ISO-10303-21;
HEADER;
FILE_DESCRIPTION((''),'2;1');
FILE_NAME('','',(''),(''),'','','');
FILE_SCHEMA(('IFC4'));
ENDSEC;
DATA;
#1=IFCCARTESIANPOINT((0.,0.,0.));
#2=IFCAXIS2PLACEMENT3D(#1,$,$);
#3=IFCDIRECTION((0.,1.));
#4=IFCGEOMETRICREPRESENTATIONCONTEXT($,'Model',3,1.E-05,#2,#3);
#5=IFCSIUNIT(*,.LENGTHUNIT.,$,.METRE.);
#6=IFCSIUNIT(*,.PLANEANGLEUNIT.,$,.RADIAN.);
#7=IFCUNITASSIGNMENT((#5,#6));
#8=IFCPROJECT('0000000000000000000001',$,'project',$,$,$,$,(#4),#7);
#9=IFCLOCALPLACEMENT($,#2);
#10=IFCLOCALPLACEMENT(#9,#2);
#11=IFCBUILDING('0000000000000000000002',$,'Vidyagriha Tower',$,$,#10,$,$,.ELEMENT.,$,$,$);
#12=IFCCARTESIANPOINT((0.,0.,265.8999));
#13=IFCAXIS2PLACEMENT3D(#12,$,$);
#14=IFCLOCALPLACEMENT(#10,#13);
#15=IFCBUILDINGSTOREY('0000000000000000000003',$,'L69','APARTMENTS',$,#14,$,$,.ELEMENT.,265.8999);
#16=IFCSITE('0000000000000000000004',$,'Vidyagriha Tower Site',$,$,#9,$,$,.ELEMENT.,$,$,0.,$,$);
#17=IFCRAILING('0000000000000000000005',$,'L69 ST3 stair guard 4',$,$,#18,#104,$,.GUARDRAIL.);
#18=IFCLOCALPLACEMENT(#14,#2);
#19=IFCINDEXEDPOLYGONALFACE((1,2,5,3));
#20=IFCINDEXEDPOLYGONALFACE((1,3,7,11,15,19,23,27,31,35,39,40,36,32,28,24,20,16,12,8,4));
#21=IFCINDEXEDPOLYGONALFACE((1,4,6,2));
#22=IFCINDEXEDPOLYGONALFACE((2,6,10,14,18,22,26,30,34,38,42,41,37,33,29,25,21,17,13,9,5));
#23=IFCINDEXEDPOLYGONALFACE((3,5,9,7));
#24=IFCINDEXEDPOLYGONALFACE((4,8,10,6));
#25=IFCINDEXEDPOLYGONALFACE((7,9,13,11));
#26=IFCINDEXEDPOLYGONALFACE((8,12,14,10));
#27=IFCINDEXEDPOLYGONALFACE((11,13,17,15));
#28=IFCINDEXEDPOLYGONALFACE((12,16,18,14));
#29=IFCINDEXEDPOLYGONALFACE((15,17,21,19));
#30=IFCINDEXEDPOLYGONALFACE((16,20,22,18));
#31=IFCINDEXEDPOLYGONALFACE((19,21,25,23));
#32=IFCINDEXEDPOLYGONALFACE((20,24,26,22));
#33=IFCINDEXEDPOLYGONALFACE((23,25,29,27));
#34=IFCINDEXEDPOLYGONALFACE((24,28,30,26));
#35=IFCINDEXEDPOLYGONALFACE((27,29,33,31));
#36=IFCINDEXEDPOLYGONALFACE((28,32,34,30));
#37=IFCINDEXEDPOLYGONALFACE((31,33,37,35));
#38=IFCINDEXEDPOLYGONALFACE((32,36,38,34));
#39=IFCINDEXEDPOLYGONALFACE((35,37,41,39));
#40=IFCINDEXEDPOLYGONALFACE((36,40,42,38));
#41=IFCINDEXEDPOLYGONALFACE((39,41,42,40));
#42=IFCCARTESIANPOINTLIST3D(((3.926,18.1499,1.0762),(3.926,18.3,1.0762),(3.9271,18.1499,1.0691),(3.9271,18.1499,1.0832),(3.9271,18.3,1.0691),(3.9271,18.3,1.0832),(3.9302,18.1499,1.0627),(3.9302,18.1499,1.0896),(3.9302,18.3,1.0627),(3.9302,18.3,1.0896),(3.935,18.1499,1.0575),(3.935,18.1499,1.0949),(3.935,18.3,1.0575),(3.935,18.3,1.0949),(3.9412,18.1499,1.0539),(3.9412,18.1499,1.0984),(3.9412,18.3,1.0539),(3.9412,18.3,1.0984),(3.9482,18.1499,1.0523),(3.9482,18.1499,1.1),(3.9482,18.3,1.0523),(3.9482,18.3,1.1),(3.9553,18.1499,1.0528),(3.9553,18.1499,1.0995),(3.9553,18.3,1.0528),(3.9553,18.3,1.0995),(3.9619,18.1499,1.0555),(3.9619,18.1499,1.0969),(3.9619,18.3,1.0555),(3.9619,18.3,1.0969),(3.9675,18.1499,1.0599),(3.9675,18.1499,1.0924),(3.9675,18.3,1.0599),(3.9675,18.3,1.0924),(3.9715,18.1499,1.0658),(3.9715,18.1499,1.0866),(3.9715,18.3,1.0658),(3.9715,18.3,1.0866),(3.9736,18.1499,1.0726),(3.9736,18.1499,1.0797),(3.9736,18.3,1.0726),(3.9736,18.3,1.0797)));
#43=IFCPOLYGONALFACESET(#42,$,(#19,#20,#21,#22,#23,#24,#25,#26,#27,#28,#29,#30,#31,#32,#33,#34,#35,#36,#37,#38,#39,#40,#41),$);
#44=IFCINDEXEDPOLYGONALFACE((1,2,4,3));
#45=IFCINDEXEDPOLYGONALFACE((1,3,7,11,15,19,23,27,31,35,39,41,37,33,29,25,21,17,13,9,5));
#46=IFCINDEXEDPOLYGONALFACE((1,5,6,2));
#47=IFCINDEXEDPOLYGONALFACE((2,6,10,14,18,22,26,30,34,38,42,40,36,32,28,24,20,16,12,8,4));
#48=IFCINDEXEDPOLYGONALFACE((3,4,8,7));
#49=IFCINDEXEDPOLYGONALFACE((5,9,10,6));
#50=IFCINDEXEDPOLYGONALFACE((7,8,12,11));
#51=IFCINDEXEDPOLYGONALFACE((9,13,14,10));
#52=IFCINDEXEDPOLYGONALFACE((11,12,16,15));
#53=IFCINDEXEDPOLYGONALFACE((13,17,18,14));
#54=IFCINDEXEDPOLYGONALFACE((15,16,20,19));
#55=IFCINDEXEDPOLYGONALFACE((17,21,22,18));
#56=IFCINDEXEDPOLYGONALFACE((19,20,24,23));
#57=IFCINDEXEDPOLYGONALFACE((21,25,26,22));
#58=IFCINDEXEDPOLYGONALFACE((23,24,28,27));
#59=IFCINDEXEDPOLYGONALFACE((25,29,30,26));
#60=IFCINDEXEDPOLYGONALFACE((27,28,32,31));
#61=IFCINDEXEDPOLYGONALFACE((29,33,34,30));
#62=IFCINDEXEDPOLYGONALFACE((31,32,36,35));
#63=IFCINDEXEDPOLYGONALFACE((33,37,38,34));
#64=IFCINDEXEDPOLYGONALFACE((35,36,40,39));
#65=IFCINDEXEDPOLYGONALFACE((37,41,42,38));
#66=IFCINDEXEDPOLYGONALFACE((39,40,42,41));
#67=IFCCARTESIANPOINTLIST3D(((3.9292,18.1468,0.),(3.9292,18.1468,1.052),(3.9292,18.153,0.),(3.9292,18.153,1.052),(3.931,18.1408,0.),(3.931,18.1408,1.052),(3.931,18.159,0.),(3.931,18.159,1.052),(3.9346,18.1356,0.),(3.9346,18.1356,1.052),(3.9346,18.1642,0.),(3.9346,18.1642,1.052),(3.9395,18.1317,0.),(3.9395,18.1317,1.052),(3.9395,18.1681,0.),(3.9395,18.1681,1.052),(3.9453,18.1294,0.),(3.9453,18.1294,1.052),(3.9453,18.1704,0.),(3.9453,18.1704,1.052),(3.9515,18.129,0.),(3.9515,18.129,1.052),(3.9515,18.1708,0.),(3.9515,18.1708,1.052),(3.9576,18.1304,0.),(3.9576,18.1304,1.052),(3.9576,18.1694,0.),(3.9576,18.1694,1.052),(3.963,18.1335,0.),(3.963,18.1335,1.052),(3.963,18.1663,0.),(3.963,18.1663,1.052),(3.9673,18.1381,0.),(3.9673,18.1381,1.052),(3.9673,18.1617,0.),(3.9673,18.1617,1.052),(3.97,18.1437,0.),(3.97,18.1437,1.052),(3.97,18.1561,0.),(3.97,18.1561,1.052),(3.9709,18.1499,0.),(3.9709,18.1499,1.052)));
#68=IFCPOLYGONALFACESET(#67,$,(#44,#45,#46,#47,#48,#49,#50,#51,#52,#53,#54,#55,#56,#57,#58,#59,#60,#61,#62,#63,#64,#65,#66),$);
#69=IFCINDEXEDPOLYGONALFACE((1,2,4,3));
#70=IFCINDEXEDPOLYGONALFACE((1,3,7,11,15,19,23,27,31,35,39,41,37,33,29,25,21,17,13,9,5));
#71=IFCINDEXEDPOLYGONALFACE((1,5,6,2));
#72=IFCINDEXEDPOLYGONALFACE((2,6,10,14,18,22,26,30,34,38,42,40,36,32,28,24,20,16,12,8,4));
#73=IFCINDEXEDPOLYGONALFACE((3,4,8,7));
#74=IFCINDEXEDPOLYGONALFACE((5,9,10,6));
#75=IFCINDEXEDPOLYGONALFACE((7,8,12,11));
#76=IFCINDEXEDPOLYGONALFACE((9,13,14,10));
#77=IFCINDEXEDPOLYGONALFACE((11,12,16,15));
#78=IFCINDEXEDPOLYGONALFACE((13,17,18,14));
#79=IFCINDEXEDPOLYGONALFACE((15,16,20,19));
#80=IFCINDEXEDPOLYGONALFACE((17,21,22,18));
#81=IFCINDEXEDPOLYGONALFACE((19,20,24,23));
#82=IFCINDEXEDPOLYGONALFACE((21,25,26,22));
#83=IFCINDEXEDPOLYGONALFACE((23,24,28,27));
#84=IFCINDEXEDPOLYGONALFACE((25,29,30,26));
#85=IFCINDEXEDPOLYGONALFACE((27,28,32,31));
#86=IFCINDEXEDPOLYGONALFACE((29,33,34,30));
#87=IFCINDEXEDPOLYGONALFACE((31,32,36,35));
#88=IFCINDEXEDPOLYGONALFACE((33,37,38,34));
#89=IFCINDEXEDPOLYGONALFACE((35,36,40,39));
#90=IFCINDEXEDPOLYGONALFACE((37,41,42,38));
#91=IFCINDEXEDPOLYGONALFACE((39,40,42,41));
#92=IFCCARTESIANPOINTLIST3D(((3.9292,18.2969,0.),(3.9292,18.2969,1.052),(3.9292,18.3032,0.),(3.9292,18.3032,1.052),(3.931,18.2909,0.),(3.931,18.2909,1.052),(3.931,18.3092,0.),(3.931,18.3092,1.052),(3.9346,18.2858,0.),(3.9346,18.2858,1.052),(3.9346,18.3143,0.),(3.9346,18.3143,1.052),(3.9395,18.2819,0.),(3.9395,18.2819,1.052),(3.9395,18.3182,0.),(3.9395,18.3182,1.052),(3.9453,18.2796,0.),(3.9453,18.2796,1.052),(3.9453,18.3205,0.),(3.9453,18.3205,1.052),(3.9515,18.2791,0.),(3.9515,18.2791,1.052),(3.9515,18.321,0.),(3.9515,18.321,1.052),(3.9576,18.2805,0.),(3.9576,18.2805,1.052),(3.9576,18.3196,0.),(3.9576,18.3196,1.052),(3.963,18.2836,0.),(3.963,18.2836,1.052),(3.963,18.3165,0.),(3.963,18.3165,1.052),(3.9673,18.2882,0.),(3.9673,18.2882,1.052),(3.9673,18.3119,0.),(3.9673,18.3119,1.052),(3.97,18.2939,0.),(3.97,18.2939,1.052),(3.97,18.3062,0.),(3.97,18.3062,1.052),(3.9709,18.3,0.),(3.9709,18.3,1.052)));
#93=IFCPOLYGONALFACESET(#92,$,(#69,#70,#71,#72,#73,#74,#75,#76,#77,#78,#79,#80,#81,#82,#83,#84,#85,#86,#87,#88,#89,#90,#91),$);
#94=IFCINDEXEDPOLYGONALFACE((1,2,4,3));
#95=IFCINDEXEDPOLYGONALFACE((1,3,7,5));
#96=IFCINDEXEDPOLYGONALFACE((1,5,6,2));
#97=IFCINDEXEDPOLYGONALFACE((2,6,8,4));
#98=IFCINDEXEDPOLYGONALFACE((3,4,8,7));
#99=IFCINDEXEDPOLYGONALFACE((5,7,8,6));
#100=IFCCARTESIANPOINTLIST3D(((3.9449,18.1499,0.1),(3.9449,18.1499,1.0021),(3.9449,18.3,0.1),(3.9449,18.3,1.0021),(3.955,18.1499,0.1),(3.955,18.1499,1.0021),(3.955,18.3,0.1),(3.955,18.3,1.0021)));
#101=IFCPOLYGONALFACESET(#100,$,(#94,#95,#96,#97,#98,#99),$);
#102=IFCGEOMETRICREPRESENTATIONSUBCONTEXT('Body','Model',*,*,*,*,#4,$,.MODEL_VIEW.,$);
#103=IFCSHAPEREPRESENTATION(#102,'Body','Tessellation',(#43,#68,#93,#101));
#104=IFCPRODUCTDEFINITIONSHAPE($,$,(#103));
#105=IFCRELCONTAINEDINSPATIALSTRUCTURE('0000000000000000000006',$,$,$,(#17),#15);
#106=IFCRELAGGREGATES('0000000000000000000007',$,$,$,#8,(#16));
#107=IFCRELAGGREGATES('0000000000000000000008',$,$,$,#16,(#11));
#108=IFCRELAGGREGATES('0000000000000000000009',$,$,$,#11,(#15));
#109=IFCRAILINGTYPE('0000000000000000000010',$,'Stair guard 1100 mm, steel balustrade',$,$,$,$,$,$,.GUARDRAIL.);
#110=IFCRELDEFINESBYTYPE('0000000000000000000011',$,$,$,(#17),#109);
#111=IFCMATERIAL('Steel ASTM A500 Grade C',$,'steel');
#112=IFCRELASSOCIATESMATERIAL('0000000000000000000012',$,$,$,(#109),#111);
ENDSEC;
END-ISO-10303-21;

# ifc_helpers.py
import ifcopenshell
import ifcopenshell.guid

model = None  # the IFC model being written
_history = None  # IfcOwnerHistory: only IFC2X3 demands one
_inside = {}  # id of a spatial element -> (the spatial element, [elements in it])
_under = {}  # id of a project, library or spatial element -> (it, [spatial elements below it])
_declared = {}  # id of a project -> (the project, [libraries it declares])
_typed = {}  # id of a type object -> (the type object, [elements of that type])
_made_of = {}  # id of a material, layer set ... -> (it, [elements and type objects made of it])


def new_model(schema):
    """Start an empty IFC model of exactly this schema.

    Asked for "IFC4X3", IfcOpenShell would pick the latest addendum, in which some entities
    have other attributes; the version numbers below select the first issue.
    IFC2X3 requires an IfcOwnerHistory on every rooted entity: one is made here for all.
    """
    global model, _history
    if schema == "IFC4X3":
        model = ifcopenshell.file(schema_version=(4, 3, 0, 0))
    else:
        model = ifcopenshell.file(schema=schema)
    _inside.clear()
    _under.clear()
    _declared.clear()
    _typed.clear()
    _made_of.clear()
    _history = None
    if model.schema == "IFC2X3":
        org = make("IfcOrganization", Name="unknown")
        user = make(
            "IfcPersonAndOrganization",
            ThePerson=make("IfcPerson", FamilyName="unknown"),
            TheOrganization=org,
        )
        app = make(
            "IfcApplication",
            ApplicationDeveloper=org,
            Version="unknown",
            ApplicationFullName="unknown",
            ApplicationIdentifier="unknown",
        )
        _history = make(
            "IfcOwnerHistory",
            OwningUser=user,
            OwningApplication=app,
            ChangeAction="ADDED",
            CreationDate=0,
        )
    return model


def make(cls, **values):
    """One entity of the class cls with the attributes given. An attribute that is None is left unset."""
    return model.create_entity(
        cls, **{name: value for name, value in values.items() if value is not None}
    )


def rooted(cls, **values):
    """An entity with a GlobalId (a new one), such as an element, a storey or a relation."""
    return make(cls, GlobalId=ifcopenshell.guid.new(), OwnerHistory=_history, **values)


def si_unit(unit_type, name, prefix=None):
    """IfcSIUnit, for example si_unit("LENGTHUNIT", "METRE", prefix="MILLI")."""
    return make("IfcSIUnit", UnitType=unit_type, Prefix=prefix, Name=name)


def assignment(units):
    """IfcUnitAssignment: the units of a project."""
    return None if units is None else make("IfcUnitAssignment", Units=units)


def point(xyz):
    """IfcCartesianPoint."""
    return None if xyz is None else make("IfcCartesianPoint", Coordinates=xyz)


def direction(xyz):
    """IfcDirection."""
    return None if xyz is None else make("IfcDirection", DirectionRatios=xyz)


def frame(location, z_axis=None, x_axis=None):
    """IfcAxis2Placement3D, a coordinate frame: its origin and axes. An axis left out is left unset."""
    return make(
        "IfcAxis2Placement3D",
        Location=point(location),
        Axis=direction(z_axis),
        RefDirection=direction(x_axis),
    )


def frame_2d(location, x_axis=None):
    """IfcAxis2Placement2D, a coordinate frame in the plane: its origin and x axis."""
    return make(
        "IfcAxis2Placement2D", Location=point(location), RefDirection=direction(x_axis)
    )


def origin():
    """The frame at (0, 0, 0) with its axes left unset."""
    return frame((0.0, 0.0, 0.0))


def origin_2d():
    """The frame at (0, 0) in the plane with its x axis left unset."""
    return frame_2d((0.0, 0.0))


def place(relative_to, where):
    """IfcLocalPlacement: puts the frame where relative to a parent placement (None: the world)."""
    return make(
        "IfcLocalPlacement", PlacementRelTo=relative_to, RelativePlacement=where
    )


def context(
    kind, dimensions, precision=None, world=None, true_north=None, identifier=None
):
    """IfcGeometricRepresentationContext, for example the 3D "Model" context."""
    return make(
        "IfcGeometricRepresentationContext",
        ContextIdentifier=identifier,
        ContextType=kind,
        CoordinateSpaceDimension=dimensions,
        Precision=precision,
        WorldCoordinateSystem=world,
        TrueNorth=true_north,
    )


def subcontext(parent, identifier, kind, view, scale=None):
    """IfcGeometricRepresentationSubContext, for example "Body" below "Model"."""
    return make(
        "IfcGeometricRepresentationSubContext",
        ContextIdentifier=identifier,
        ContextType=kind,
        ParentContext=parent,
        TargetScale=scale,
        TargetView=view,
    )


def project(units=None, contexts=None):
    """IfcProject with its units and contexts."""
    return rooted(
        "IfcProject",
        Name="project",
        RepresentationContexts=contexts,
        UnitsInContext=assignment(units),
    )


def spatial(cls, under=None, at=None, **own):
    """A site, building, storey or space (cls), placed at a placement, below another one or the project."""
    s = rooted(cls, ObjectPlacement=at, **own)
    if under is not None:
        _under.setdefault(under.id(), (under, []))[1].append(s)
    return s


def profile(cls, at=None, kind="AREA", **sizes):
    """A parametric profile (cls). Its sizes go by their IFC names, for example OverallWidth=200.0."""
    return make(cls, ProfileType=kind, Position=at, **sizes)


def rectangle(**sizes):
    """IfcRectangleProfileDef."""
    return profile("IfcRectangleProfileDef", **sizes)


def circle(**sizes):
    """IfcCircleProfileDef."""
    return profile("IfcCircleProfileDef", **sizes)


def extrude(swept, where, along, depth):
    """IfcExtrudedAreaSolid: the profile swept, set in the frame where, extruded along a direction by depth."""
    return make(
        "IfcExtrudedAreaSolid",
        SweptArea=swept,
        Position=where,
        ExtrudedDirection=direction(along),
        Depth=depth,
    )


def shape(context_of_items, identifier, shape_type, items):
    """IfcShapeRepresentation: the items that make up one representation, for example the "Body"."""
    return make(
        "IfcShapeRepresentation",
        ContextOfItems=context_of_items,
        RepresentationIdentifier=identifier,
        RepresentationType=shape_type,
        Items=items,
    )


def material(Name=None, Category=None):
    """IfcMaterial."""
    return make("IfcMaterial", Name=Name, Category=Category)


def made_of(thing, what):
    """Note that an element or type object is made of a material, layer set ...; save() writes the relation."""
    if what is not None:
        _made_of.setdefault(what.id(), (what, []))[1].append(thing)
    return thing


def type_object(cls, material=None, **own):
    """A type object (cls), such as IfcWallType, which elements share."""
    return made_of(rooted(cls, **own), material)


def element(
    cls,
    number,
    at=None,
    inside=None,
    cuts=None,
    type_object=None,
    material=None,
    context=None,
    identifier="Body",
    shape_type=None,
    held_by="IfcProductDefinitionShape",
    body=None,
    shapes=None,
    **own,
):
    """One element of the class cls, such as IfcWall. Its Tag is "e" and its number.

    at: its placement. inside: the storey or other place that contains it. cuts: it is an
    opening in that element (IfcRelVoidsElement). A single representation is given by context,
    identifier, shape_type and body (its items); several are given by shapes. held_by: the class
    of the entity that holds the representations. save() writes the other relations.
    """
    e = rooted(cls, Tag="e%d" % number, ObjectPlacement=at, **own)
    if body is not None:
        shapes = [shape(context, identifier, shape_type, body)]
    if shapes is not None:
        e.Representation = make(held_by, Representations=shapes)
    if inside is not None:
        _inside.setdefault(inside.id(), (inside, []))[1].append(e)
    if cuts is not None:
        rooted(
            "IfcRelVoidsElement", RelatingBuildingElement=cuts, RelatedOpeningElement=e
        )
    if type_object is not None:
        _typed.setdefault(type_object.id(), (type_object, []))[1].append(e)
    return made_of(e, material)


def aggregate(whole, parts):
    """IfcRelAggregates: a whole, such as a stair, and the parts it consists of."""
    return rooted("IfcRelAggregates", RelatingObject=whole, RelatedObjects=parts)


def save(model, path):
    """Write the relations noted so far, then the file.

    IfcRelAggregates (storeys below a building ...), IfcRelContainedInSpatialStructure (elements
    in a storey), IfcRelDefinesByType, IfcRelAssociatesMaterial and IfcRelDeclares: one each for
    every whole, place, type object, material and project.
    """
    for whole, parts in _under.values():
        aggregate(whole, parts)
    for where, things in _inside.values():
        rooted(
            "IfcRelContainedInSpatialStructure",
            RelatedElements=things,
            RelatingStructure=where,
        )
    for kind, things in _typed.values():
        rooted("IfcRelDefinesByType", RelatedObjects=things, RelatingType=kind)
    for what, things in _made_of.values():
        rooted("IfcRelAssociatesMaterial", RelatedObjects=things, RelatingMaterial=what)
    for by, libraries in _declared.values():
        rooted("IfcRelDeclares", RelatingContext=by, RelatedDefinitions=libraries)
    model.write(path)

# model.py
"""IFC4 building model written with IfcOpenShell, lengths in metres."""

from ifc_helpers import new_model, si_unit, direction, frame, origin, origin_2d, place, context, subcontext, project, spatial, rectangle, circle, extrude, material, type_object, element, save


model = new_model("IFC4")

# Units and contexts
model_context = context("Model", 3, precision=1e-05, world=origin(), true_north=direction((0.0, 1.0)))
body_context = subcontext(model_context, "Body", "Model", "MODEL_VIEW")
ifc_project = project(units=[si_unit("LENGTHUNIT", "METRE"), si_unit("PLANEANGLEUNIT", "RADIAN")], contexts=[model_context])

# Site, building, storey
site_placement = place(None, origin())
site = spatial("IfcSite", under=ifc_project, at=site_placement, Name="Vidyagriha Tower Site", CompositionType="ELEMENT", RefElevation=0.0)
building_placement = place(site_placement, origin())
building = spatial("IfcBuilding", under=site, at=building_placement, Name="Vidyagriha Tower", CompositionType="ELEMENT")
storey_placement = place(building_placement, frame((0.0, 0.0, 265.8999)))
storey = spatial("IfcBuildingStorey", under=building, at=storey_placement, Name="L69", Description="APARTMENTS", CompositionType="ELEMENT", Elevation=265.8999)

# Railing
ifc_material_1 = material(Name="Steel ASTM A500 Grade C", Category="steel")
railing_type_1 = type_object("IfcRailingType", Name="Stair guard 1100 mm, steel balustrade", PredefinedType="GUARDRAIL", material=ifc_material_1)
railing_1_placement = place(storey_placement, frame((3.95, 18.1499, 0.0)))
element("IfcRailing", 1, at=railing_1_placement, inside=storey, type_object=railing_type_1, Name="L69 ST3 stair guard 4", PredefinedType="GUARDRAIL", context=body_context, shape_type="SweptSolid", body=[
    extrude(circle(Radius=0.0239, at=origin_2d()), frame((0.0, 0.0, 1.0762), z_axis=(0.0, 1.0, 0.0), x_axis=(-1.0, 0.0, 0.0)), (0.0, 0.0, 1.0), 0.1501),
    extrude(circle(Radius=0.021, at=origin_2d()), origin(), (0.0, 0.0, 1.0), 1.052),
    extrude(circle(Radius=0.021, at=origin_2d()), frame((0.0, 0.1501, 0.0)), (0.0, 0.0, 1.0), 1.052),
    extrude(rectangle(XDim=0.01, YDim=0.9021, at=origin_2d()), frame((0.0, 0.0, 0.551), z_axis=(0.0, 1.0, 0.0), x_axis=(-1.0, 0.0, 0.0)), (0.0, 0.0, 1.0), 0.1501),
])

save(model, "model.ifc")
